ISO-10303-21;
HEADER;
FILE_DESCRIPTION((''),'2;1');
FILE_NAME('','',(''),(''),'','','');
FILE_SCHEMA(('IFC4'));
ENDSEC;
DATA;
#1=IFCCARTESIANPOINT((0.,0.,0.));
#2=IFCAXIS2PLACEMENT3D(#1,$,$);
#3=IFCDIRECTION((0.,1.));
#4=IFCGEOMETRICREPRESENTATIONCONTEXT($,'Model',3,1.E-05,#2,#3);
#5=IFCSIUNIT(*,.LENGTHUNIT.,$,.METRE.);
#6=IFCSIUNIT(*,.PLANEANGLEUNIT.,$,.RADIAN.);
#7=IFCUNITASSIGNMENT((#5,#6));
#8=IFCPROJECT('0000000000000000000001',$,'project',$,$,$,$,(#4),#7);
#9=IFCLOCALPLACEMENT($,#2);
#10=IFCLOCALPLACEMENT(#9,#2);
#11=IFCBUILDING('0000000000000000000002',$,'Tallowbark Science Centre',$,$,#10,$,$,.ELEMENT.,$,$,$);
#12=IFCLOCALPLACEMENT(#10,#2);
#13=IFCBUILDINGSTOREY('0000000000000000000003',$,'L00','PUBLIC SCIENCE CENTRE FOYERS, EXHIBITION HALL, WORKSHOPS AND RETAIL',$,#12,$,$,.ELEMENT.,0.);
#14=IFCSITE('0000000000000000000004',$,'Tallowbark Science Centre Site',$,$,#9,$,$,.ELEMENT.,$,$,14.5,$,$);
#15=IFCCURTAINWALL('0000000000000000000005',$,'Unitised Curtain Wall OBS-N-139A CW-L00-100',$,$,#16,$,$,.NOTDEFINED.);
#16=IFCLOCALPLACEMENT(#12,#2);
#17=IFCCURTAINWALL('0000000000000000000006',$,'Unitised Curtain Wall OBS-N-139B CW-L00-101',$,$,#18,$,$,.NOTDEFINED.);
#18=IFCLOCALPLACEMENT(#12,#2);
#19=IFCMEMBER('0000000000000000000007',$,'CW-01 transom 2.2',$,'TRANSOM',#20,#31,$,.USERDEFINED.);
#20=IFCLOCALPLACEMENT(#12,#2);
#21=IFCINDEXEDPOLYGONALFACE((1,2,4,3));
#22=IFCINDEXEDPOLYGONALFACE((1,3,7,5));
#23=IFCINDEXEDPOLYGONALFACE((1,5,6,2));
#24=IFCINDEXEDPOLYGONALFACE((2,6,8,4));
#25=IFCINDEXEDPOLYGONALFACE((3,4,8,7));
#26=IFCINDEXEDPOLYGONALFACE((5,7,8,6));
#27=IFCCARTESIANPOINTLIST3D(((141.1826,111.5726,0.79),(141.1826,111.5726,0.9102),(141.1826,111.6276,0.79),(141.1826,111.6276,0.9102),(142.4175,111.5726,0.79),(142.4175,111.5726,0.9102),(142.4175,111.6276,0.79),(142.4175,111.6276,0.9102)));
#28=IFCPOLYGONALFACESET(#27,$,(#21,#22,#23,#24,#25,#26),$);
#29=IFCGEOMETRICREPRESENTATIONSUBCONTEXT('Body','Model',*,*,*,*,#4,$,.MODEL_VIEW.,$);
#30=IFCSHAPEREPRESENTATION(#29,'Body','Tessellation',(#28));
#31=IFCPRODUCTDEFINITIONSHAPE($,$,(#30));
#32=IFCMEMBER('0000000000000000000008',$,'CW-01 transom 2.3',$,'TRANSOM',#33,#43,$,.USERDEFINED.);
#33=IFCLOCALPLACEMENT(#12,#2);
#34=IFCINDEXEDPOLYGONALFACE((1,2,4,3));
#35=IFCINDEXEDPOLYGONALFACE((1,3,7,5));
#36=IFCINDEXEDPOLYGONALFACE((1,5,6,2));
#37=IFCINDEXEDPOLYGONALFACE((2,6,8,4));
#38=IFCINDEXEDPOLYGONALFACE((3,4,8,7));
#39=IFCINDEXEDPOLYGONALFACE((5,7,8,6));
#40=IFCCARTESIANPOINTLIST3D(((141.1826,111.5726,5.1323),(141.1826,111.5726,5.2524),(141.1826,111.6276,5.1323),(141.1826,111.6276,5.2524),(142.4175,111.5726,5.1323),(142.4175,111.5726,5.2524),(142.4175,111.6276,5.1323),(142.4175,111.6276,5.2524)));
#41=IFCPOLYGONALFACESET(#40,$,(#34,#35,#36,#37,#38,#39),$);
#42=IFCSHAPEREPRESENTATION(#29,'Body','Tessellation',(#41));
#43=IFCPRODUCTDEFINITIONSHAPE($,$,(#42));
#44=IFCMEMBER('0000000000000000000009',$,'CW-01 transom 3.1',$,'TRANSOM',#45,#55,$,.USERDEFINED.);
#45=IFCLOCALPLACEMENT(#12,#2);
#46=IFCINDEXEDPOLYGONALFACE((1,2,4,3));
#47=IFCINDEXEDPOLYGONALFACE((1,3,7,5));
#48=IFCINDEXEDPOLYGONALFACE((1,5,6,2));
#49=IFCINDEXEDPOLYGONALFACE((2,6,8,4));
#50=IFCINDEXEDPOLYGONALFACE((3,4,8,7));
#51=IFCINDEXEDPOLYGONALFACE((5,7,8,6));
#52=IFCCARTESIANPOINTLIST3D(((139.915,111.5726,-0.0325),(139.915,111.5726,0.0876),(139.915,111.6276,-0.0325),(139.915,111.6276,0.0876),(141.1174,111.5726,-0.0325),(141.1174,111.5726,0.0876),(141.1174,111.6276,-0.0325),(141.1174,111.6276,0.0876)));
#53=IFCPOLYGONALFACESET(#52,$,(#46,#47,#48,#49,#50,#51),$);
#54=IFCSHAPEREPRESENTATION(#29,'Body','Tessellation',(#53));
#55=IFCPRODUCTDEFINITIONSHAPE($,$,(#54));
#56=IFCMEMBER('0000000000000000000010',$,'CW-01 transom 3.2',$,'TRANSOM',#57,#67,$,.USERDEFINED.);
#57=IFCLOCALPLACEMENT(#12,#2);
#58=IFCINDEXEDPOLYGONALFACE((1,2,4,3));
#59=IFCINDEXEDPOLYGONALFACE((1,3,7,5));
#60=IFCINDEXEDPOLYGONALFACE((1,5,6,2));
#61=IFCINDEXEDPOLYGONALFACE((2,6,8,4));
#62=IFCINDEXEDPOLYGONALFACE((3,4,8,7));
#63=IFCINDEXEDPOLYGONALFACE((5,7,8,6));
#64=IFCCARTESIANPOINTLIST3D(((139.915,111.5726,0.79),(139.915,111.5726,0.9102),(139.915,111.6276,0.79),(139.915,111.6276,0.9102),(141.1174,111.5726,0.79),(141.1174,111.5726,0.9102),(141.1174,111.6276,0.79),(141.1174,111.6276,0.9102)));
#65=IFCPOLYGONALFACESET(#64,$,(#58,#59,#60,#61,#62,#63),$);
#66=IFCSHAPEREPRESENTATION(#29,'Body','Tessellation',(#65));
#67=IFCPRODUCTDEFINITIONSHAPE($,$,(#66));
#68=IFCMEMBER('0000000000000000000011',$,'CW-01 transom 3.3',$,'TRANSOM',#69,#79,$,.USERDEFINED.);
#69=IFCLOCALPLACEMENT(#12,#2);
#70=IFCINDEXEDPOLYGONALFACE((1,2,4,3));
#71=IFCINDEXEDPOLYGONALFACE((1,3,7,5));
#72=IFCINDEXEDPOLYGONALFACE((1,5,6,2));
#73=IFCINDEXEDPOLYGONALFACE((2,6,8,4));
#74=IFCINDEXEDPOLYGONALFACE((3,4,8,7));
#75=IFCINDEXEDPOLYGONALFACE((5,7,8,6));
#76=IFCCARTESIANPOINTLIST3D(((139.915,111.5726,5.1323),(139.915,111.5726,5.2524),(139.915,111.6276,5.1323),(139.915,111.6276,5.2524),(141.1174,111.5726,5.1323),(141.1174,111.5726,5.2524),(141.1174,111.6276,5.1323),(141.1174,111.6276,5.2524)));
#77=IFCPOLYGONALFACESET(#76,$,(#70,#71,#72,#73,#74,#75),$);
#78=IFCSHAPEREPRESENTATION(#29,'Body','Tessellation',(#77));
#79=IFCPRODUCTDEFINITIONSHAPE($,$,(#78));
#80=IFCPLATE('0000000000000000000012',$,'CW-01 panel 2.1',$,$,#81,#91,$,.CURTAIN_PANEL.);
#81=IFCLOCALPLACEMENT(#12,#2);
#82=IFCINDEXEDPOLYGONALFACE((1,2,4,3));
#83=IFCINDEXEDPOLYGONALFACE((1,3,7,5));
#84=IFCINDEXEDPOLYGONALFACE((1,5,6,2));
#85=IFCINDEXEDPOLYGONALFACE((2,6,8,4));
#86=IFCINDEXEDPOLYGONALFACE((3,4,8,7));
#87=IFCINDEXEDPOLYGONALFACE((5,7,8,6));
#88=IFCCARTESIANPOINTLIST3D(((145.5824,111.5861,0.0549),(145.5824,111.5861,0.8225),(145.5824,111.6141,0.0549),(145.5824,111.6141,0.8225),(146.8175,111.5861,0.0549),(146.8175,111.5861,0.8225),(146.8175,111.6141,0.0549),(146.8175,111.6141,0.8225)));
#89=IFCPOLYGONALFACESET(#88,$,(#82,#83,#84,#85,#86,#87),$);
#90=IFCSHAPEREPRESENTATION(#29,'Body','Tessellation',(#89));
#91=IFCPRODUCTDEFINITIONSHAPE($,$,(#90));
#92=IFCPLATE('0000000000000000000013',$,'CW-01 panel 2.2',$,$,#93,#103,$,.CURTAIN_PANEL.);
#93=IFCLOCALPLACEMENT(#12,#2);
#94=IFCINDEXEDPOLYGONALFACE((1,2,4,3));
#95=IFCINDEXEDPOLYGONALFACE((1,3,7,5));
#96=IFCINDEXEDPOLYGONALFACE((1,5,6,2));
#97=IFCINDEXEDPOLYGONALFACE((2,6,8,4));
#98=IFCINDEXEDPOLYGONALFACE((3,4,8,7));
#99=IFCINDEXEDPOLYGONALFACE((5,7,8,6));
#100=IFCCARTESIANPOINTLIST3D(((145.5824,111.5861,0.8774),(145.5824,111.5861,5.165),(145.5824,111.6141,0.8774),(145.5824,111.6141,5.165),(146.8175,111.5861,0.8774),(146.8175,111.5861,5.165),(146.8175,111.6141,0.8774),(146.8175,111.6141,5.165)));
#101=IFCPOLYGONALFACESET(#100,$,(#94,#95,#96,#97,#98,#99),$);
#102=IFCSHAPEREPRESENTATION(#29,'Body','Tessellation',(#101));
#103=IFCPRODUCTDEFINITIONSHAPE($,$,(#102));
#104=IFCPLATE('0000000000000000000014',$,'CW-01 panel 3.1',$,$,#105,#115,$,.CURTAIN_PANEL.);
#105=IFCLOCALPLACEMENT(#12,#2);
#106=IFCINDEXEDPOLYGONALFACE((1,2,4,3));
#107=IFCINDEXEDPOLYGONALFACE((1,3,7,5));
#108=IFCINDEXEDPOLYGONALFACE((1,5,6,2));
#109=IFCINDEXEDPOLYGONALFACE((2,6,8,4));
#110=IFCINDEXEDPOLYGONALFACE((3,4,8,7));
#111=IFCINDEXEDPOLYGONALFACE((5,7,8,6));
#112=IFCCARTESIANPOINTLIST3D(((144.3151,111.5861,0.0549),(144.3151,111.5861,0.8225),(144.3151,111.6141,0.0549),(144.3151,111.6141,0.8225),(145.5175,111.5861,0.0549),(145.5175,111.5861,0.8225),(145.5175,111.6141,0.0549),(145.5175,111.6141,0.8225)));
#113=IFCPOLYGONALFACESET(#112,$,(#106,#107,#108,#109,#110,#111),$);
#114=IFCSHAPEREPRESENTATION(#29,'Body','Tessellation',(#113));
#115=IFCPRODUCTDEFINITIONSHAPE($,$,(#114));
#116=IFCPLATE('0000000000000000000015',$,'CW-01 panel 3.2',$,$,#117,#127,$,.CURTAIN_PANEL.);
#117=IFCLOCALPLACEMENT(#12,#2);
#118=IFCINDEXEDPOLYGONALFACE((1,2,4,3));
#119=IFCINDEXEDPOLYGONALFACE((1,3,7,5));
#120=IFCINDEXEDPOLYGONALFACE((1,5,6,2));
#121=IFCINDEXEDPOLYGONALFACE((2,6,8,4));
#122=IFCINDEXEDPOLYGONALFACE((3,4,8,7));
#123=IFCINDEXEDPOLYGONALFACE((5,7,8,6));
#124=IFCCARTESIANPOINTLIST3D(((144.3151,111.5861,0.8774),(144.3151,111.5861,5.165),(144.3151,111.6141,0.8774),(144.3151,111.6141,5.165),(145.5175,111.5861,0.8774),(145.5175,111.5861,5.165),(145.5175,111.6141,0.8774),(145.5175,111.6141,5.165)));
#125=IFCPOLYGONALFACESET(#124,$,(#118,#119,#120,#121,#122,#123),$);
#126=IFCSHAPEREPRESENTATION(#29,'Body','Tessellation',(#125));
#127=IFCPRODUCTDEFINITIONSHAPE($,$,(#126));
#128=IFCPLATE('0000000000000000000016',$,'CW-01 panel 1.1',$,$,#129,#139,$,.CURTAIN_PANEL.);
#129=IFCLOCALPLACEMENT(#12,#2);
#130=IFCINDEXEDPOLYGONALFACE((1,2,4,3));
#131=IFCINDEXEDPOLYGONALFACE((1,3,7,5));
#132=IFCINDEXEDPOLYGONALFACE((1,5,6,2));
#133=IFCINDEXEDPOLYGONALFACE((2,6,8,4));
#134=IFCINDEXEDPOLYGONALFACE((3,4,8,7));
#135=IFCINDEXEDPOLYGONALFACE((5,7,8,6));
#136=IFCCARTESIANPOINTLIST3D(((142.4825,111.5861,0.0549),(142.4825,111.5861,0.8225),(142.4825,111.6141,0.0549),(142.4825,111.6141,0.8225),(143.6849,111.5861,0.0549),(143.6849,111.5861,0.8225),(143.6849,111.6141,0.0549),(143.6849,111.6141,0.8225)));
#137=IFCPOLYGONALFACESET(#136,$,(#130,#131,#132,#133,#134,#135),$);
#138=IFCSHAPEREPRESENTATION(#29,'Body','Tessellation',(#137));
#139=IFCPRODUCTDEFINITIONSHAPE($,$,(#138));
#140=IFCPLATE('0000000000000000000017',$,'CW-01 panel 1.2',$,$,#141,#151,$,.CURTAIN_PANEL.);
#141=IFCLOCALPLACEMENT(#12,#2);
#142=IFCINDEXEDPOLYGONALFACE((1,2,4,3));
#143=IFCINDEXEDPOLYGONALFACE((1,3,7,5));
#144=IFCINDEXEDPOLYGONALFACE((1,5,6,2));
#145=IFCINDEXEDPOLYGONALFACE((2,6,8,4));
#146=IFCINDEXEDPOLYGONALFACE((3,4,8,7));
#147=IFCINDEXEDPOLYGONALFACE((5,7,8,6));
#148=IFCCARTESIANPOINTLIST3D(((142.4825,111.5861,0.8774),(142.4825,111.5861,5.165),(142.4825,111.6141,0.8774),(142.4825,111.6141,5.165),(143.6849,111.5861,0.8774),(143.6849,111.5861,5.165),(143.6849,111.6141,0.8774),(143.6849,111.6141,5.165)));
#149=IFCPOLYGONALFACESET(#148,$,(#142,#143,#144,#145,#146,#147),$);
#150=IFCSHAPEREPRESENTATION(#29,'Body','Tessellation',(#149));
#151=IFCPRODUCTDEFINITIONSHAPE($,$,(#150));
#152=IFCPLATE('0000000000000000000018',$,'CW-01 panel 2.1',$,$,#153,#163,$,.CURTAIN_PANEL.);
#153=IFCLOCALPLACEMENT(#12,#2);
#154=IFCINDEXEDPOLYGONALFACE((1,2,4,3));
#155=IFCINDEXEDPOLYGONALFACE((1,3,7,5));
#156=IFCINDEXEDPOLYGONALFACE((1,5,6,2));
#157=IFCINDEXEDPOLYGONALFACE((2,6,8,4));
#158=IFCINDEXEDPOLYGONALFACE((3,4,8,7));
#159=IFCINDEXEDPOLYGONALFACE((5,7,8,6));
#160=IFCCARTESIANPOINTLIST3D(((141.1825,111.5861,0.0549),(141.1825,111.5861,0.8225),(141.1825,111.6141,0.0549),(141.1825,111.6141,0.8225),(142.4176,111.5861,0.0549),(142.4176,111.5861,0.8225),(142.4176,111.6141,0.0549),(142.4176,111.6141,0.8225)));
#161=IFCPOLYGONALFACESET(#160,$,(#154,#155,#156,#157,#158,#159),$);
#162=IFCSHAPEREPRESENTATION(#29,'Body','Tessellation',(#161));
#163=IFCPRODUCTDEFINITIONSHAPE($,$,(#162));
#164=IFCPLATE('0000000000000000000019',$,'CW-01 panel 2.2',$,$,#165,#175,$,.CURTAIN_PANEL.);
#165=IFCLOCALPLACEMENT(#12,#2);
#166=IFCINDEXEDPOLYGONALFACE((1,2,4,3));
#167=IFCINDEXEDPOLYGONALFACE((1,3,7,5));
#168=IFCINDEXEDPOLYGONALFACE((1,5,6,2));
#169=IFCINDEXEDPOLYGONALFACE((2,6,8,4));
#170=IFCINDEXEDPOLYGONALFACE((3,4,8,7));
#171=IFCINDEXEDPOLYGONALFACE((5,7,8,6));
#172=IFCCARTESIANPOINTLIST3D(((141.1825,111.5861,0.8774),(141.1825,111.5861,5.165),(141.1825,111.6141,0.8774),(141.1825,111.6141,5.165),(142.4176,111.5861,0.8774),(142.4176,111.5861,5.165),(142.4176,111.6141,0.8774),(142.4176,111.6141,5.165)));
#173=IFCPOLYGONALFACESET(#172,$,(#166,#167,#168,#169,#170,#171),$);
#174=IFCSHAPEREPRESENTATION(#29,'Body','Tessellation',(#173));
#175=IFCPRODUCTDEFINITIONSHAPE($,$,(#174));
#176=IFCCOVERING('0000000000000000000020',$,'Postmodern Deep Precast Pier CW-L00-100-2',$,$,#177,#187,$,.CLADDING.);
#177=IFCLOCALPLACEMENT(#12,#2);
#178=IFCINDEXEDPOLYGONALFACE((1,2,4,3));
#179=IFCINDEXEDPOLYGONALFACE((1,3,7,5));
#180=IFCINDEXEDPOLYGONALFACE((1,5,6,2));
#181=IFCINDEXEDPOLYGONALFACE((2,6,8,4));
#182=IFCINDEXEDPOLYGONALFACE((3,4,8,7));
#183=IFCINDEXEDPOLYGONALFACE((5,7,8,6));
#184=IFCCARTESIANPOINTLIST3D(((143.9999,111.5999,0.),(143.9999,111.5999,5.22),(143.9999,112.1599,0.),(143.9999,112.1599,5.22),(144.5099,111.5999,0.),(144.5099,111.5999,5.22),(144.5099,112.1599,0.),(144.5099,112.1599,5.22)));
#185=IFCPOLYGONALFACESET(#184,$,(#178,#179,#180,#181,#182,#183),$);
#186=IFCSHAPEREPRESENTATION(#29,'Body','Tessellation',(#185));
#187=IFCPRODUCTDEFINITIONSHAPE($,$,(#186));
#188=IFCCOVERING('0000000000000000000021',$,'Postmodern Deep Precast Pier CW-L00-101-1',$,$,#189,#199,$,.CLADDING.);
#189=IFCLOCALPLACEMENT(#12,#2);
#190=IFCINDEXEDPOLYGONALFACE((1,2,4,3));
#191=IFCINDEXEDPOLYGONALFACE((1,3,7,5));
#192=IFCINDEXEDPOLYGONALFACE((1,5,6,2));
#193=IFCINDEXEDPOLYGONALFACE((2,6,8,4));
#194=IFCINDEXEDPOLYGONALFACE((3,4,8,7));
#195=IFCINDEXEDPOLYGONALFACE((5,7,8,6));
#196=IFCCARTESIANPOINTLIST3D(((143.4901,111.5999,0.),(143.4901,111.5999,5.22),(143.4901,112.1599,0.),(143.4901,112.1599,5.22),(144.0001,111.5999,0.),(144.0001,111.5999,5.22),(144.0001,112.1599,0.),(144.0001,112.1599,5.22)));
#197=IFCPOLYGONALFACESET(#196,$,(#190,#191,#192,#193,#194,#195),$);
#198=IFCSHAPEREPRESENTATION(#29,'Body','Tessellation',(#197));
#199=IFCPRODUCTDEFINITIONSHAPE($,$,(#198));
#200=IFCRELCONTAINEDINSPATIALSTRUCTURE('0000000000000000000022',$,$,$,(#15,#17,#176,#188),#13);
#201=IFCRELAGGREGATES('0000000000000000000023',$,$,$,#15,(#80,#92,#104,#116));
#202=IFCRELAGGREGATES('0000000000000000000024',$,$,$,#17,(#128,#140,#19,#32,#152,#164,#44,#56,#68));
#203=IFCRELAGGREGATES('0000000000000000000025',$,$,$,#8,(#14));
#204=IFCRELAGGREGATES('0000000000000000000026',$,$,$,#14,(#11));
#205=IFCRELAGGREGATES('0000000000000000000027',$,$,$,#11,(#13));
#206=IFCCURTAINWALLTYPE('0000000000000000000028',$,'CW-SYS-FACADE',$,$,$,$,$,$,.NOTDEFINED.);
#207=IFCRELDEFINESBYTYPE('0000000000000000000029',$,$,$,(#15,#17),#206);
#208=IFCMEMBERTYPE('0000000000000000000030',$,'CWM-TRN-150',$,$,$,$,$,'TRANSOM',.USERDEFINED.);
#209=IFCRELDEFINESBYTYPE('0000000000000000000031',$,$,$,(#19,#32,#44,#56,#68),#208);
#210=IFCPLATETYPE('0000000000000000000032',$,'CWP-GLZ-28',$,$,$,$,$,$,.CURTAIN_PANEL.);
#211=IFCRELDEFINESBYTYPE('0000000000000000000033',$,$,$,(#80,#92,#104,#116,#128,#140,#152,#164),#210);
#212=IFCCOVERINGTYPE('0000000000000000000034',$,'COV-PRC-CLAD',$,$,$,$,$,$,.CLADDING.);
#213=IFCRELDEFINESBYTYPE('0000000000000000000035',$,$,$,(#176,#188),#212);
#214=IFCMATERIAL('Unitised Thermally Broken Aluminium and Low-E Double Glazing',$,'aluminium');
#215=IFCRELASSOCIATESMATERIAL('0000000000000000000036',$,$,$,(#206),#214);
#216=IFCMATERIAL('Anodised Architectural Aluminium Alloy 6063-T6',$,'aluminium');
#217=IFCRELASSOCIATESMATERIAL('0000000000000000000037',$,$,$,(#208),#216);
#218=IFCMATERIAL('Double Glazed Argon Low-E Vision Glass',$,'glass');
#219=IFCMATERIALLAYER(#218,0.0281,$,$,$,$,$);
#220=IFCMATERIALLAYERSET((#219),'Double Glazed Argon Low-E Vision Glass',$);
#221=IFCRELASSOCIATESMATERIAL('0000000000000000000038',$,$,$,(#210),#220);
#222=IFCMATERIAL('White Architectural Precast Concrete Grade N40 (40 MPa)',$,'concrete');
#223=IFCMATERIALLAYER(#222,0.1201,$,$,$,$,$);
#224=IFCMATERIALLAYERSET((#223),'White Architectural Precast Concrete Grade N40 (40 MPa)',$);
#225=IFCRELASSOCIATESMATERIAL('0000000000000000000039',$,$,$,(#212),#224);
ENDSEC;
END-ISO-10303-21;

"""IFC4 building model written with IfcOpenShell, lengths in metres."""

from ifc_helpers import new_model, si_unit, direction, frame, origin, origin_2d, place, context, subcontext, project, spatial, rectangle, extrude, material, layer, layer_set, material_profile, profile_set, type_object, element, aggregate, save


model = new_model("IFC4")

# Units and contexts
model_context = context("Model", 3, precision=1e-05, world=origin(), true_north=direction((0.0, 1.0)))
body_context = subcontext(model_context, "Body", "Model", "MODEL_VIEW")
ifc_project = project(units=[si_unit("LENGTHUNIT", "METRE"), si_unit("PLANEANGLEUNIT", "RADIAN")], contexts=[model_context])

# Site, building, storey
site_placement = place(None, origin())
site = spatial("IfcSite", under=ifc_project, at=site_placement, Name="Tallowbark Science Centre Site", CompositionType="ELEMENT", RefElevation=14.5)
building_placement = place(site_placement, origin())
building = spatial("IfcBuilding", under=site, at=building_placement, Name="Tallowbark Science Centre", CompositionType="ELEMENT")
storey_placement = place(building_placement, origin())
storey = spatial("IfcBuildingStorey", under=building, at=storey_placement, Name="L00", Description="PUBLIC SCIENCE CENTRE FOYERS, EXHIBITION HALL, WORKSHOPS AND RETAIL", CompositionType="ELEMENT", Elevation=0.0)

# Curtain walls
ifc_material_1 = material(Name="Unitised Thermally Broken Aluminium and Low-E Double Glazing", Category="aluminium")
curtain_wall_type = type_object("IfcCurtainWallType", Name="CW-SYS-FACADE", PredefinedType="NOTDEFINED", material=ifc_material_1)
curtain_wall_1_placement = place(storey_placement, origin())
curtain_wall_1 = element("IfcCurtainWall", 1, at=curtain_wall_1_placement, inside=storey, type_object=curtain_wall_type, Name="Unitised Curtain Wall OBS-N-139A CW-L00-100", PredefinedType="NOTDEFINED")
ifc_material_2 = material(Name="Anodised Architectural Aluminium Alloy 6063-T6", Category="aluminium")
curtain_wall_2_placement = place(storey_placement, origin())
curtain_wall_2 = element("IfcCurtainWall", 2, at=curtain_wall_2_placement, inside=storey, type_object=curtain_wall_type, Name="Unitised Curtain Wall OBS-N-139B CW-L00-101", PredefinedType="NOTDEFINED")

# Members
ifc_material_profile_1 = material_profile(ifc_material_2, rectangle(XDim=0.0549, YDim=0.1201, at=origin_2d()), Name="ALU55x120")
ifc_profile_set_1 = profile_set([ifc_material_profile_1], Name="Anodised Architectural Aluminium Alloy 6063-T6")
member_type_1 = type_object("IfcMemberType", Name="CWM-TRN-150", ElementType="TRANSOM", PredefinedType="USERDEFINED", material=ifc_profile_set_1)
member_1_placement = place(storey_placement, frame((142.4175, 111.6001, 0.8501), z_axis=(-1.0, 0.0, 0.0), x_axis=(0.0, -1.0, 0.0)))
member_1 = element("IfcMember", 3, at=member_1_placement, type_object=member_type_1, Name="CW-01 transom 2.2", ObjectType="TRANSOM", PredefinedType="USERDEFINED", context=body_context, shape_type="SweptSolid", body=[
    extrude(rectangle(XDim=0.0549, YDim=0.1201, at=origin_2d()), origin(), (0.0, 0.0, 1.0), 1.2349),
])
member_2_placement = place(storey_placement, frame((142.4175, 111.6001, 5.1924), z_axis=(-1.0, 0.0, 0.0), x_axis=(0.0, -1.0, 0.0)))
member_2 = element("IfcMember", 4, at=member_2_placement, type_object=member_type_1, Name="CW-01 transom 2.3", ObjectType="TRANSOM", PredefinedType="USERDEFINED", context=body_context, shape_type="SweptSolid", body=[
    extrude(rectangle(XDim=0.0549, YDim=0.1201, at=origin_2d()), origin(), (0.0, 0.0, 1.0), 1.2349),
])
member_3_placement = place(storey_placement, frame((141.1174, 111.6001, 0.0276), z_axis=(-1.0, 0.0, 0.0), x_axis=(0.0, -1.0, 0.0)))
member_3 = element("IfcMember", 5, at=member_3_placement, type_object=member_type_1, Name="CW-01 transom 3.1", ObjectType="TRANSOM", PredefinedType="USERDEFINED", context=body_context, shape_type="SweptSolid", body=[
    extrude(rectangle(XDim=0.0549, YDim=0.1201, at=origin_2d()), origin(), (0.0, 0.0, 1.0), 1.2024),
])
member_4_placement = place(storey_placement, frame((141.1174, 111.6001, 0.8501), z_axis=(-1.0, 0.0, 0.0), x_axis=(0.0, -1.0, 0.0)))
member_4 = element("IfcMember", 6, at=member_4_placement, type_object=member_type_1, Name="CW-01 transom 3.2", ObjectType="TRANSOM", PredefinedType="USERDEFINED", context=body_context, shape_type="SweptSolid", body=[
    extrude(rectangle(XDim=0.0549, YDim=0.1201, at=origin_2d()), origin(), (0.0, 0.0, 1.0), 1.2024),
])
member_5_placement = place(storey_placement, frame((141.1174, 111.6001, 5.1924), z_axis=(-1.0, 0.0, 0.0), x_axis=(0.0, -1.0, 0.0)))
member_5 = element("IfcMember", 7, at=member_5_placement, type_object=member_type_1, Name="CW-01 transom 3.3", ObjectType="TRANSOM", PredefinedType="USERDEFINED", context=body_context, shape_type="SweptSolid", body=[
    extrude(rectangle(XDim=0.0549, YDim=0.1201, at=origin_2d()), origin(), (0.0, 0.0, 1.0), 1.2024),
])

# Plates
ifc_material_3 = material(Name="Double Glazed Argon Low-E Vision Glass", Category="glass")
ifc_layer_1 = layer(ifc_material_3, 0.0281)
ifc_layer_set_1 = layer_set([ifc_layer_1], Name="Double Glazed Argon Low-E Vision Glass")
plate_type = type_object("IfcPlateType", Name="CWP-GLZ-28", PredefinedType="CURTAIN_PANEL", material=ifc_layer_set_1)
plate_1_placement = place(storey_placement, frame((146.2, 111.6001, 0.0549), z_axis=(0.0, 0.0, 1.0), x_axis=(-1.0, 0.0, 0.0)))
plate_1 = element("IfcPlate", 8, at=plate_1_placement, type_object=plate_type, Name="CW-01 panel 2.1", PredefinedType="CURTAIN_PANEL", context=body_context, shape_type="SweptSolid", body=[
    extrude(rectangle(XDim=1.2351, YDim=0.0281, at=origin_2d()), origin(), (0.0, 0.0, 1.0), 0.7676),
])
plate_2_placement = place(storey_placement, frame((146.2, 111.6001, 0.8774), z_axis=(0.0, 0.0, 1.0), x_axis=(-1.0, 0.0, 0.0)))
plate_2 = element("IfcPlate", 9, at=plate_2_placement, type_object=plate_type, Name="CW-01 panel 2.2", PredefinedType="CURTAIN_PANEL", context=body_context, shape_type="SweptSolid", body=[
    extrude(rectangle(XDim=1.2351, YDim=0.0281, at=origin_2d()), origin(), (0.0, 0.0, 1.0), 4.2876),
])
plate_3_placement = place(storey_placement, frame((144.9163, 111.6001, 0.0549), z_axis=(0.0, 0.0, 1.0), x_axis=(-1.0, 0.0, 0.0)))
plate_3 = element("IfcPlate", 10, at=plate_3_placement, type_object=plate_type, Name="CW-01 panel 3.1", PredefinedType="CURTAIN_PANEL", context=body_context, shape_type="SweptSolid", body=[
    extrude(rectangle(XDim=1.2024, YDim=0.0281, at=origin_2d()), origin(), (0.0, 0.0, 1.0), 0.7676),
])
plate_4_placement = place(storey_placement, frame((144.9163, 111.6001, 0.8774), z_axis=(0.0, 0.0, 1.0), x_axis=(-1.0, 0.0, 0.0)))
plate_4 = element("IfcPlate", 11, at=plate_4_placement, type_object=plate_type, Name="CW-01 panel 3.2", PredefinedType="CURTAIN_PANEL", context=body_context, shape_type="SweptSolid", body=[
    extrude(rectangle(XDim=1.2024, YDim=0.0281, at=origin_2d()), origin(), (0.0, 0.0, 1.0), 4.2876),
])
aggregate(curtain_wall_1, [plate_1, plate_2, plate_3, plate_4])
plate_5_placement = place(storey_placement, frame((143.0837, 111.6001, 0.0549), z_axis=(0.0, 0.0, 1.0), x_axis=(-1.0, 0.0, 0.0)))
plate_5 = element("IfcPlate", 12, at=plate_5_placement, type_object=plate_type, Name="CW-01 panel 1.1", PredefinedType="CURTAIN_PANEL", context=body_context, shape_type="SweptSolid", body=[
    extrude(rectangle(XDim=1.2024, YDim=0.0281, at=origin_2d()), origin(), (0.0, 0.0, 1.0), 0.7676),
])
plate_6_placement = place(storey_placement, frame((143.0837, 111.6001, 0.8774), z_axis=(0.0, 0.0, 1.0), x_axis=(-1.0, 0.0, 0.0)))
plate_6 = element("IfcPlate", 13, at=plate_6_placement, type_object=plate_type, Name="CW-01 panel 1.2", PredefinedType="CURTAIN_PANEL", context=body_context, shape_type="SweptSolid", body=[
    extrude(rectangle(XDim=1.2024, YDim=0.0281, at=origin_2d()), origin(), (0.0, 0.0, 1.0), 4.2876),
])
plate_7_placement = place(storey_placement, frame((141.8, 111.6001, 0.0549), z_axis=(0.0, 0.0, 1.0), x_axis=(-1.0, 0.0, 0.0)))
plate_7 = element("IfcPlate", 14, at=plate_7_placement, type_object=plate_type, Name="CW-01 panel 2.1", PredefinedType="CURTAIN_PANEL", context=body_context, shape_type="SweptSolid", body=[
    extrude(rectangle(XDim=1.2351, YDim=0.0281, at=origin_2d()), origin(), (0.0, 0.0, 1.0), 0.7676),
])
plate_8_placement = place(storey_placement, frame((141.8, 111.6001, 0.8774), z_axis=(0.0, 0.0, 1.0), x_axis=(-1.0, 0.0, 0.0)))
plate_8 = element("IfcPlate", 15, at=plate_8_placement, type_object=plate_type, Name="CW-01 panel 2.2", PredefinedType="CURTAIN_PANEL", context=body_context, shape_type="SweptSolid", body=[
    extrude(rectangle(XDim=1.2351, YDim=0.0281, at=origin_2d()), origin(), (0.0, 0.0, 1.0), 4.2876),
])
aggregate(curtain_wall_2, [plate_5, plate_6, member_1, member_2, plate_7, plate_8, member_3, member_4, member_5])

# Coverings
ifc_material_4 = material(Name="White Architectural Precast Concrete Grade N40 (40 MPa)", Category="concrete")
ifc_layer_2 = layer(ifc_material_4, 0.1201)
ifc_layer_set_2 = layer_set([ifc_layer_2], Name="White Architectural Precast Concrete Grade N40 (40 MPa)")
covering_type_1 = type_object("IfcCoveringType", Name="COV-PRC-CLAD", PredefinedType="CLADDING", material=ifc_layer_set_2)
for number, where, z_axis, x_axis, name in (
    (16, (144.2549, 111.8799, 0.0), (0.0, 0.0, 1.0), (-1.0, 0.0, 0.0), "Postmodern Deep Precast Pier CW-L00-100-2"),
    (17, (143.7451, 111.8799, 0.0), (0.0, 0.0, 1.0), (-1.0, 0.0, 0.0), "Postmodern Deep Precast Pier CW-L00-101-1"),
):
    element("IfcCovering", number, at=place(storey_placement, frame(where, z_axis=z_axis, x_axis=x_axis)), inside=storey, type_object=covering_type_1, Name=name, PredefinedType="CLADDING", context=body_context, shape_type="SweptSolid", body=[
        extrude(rectangle(XDim=0.51, YDim=0.5601, at=origin_2d()), origin(), (0.0, 0.0, 1.0), 5.22),
    ])

save(model, "model.ifc")
